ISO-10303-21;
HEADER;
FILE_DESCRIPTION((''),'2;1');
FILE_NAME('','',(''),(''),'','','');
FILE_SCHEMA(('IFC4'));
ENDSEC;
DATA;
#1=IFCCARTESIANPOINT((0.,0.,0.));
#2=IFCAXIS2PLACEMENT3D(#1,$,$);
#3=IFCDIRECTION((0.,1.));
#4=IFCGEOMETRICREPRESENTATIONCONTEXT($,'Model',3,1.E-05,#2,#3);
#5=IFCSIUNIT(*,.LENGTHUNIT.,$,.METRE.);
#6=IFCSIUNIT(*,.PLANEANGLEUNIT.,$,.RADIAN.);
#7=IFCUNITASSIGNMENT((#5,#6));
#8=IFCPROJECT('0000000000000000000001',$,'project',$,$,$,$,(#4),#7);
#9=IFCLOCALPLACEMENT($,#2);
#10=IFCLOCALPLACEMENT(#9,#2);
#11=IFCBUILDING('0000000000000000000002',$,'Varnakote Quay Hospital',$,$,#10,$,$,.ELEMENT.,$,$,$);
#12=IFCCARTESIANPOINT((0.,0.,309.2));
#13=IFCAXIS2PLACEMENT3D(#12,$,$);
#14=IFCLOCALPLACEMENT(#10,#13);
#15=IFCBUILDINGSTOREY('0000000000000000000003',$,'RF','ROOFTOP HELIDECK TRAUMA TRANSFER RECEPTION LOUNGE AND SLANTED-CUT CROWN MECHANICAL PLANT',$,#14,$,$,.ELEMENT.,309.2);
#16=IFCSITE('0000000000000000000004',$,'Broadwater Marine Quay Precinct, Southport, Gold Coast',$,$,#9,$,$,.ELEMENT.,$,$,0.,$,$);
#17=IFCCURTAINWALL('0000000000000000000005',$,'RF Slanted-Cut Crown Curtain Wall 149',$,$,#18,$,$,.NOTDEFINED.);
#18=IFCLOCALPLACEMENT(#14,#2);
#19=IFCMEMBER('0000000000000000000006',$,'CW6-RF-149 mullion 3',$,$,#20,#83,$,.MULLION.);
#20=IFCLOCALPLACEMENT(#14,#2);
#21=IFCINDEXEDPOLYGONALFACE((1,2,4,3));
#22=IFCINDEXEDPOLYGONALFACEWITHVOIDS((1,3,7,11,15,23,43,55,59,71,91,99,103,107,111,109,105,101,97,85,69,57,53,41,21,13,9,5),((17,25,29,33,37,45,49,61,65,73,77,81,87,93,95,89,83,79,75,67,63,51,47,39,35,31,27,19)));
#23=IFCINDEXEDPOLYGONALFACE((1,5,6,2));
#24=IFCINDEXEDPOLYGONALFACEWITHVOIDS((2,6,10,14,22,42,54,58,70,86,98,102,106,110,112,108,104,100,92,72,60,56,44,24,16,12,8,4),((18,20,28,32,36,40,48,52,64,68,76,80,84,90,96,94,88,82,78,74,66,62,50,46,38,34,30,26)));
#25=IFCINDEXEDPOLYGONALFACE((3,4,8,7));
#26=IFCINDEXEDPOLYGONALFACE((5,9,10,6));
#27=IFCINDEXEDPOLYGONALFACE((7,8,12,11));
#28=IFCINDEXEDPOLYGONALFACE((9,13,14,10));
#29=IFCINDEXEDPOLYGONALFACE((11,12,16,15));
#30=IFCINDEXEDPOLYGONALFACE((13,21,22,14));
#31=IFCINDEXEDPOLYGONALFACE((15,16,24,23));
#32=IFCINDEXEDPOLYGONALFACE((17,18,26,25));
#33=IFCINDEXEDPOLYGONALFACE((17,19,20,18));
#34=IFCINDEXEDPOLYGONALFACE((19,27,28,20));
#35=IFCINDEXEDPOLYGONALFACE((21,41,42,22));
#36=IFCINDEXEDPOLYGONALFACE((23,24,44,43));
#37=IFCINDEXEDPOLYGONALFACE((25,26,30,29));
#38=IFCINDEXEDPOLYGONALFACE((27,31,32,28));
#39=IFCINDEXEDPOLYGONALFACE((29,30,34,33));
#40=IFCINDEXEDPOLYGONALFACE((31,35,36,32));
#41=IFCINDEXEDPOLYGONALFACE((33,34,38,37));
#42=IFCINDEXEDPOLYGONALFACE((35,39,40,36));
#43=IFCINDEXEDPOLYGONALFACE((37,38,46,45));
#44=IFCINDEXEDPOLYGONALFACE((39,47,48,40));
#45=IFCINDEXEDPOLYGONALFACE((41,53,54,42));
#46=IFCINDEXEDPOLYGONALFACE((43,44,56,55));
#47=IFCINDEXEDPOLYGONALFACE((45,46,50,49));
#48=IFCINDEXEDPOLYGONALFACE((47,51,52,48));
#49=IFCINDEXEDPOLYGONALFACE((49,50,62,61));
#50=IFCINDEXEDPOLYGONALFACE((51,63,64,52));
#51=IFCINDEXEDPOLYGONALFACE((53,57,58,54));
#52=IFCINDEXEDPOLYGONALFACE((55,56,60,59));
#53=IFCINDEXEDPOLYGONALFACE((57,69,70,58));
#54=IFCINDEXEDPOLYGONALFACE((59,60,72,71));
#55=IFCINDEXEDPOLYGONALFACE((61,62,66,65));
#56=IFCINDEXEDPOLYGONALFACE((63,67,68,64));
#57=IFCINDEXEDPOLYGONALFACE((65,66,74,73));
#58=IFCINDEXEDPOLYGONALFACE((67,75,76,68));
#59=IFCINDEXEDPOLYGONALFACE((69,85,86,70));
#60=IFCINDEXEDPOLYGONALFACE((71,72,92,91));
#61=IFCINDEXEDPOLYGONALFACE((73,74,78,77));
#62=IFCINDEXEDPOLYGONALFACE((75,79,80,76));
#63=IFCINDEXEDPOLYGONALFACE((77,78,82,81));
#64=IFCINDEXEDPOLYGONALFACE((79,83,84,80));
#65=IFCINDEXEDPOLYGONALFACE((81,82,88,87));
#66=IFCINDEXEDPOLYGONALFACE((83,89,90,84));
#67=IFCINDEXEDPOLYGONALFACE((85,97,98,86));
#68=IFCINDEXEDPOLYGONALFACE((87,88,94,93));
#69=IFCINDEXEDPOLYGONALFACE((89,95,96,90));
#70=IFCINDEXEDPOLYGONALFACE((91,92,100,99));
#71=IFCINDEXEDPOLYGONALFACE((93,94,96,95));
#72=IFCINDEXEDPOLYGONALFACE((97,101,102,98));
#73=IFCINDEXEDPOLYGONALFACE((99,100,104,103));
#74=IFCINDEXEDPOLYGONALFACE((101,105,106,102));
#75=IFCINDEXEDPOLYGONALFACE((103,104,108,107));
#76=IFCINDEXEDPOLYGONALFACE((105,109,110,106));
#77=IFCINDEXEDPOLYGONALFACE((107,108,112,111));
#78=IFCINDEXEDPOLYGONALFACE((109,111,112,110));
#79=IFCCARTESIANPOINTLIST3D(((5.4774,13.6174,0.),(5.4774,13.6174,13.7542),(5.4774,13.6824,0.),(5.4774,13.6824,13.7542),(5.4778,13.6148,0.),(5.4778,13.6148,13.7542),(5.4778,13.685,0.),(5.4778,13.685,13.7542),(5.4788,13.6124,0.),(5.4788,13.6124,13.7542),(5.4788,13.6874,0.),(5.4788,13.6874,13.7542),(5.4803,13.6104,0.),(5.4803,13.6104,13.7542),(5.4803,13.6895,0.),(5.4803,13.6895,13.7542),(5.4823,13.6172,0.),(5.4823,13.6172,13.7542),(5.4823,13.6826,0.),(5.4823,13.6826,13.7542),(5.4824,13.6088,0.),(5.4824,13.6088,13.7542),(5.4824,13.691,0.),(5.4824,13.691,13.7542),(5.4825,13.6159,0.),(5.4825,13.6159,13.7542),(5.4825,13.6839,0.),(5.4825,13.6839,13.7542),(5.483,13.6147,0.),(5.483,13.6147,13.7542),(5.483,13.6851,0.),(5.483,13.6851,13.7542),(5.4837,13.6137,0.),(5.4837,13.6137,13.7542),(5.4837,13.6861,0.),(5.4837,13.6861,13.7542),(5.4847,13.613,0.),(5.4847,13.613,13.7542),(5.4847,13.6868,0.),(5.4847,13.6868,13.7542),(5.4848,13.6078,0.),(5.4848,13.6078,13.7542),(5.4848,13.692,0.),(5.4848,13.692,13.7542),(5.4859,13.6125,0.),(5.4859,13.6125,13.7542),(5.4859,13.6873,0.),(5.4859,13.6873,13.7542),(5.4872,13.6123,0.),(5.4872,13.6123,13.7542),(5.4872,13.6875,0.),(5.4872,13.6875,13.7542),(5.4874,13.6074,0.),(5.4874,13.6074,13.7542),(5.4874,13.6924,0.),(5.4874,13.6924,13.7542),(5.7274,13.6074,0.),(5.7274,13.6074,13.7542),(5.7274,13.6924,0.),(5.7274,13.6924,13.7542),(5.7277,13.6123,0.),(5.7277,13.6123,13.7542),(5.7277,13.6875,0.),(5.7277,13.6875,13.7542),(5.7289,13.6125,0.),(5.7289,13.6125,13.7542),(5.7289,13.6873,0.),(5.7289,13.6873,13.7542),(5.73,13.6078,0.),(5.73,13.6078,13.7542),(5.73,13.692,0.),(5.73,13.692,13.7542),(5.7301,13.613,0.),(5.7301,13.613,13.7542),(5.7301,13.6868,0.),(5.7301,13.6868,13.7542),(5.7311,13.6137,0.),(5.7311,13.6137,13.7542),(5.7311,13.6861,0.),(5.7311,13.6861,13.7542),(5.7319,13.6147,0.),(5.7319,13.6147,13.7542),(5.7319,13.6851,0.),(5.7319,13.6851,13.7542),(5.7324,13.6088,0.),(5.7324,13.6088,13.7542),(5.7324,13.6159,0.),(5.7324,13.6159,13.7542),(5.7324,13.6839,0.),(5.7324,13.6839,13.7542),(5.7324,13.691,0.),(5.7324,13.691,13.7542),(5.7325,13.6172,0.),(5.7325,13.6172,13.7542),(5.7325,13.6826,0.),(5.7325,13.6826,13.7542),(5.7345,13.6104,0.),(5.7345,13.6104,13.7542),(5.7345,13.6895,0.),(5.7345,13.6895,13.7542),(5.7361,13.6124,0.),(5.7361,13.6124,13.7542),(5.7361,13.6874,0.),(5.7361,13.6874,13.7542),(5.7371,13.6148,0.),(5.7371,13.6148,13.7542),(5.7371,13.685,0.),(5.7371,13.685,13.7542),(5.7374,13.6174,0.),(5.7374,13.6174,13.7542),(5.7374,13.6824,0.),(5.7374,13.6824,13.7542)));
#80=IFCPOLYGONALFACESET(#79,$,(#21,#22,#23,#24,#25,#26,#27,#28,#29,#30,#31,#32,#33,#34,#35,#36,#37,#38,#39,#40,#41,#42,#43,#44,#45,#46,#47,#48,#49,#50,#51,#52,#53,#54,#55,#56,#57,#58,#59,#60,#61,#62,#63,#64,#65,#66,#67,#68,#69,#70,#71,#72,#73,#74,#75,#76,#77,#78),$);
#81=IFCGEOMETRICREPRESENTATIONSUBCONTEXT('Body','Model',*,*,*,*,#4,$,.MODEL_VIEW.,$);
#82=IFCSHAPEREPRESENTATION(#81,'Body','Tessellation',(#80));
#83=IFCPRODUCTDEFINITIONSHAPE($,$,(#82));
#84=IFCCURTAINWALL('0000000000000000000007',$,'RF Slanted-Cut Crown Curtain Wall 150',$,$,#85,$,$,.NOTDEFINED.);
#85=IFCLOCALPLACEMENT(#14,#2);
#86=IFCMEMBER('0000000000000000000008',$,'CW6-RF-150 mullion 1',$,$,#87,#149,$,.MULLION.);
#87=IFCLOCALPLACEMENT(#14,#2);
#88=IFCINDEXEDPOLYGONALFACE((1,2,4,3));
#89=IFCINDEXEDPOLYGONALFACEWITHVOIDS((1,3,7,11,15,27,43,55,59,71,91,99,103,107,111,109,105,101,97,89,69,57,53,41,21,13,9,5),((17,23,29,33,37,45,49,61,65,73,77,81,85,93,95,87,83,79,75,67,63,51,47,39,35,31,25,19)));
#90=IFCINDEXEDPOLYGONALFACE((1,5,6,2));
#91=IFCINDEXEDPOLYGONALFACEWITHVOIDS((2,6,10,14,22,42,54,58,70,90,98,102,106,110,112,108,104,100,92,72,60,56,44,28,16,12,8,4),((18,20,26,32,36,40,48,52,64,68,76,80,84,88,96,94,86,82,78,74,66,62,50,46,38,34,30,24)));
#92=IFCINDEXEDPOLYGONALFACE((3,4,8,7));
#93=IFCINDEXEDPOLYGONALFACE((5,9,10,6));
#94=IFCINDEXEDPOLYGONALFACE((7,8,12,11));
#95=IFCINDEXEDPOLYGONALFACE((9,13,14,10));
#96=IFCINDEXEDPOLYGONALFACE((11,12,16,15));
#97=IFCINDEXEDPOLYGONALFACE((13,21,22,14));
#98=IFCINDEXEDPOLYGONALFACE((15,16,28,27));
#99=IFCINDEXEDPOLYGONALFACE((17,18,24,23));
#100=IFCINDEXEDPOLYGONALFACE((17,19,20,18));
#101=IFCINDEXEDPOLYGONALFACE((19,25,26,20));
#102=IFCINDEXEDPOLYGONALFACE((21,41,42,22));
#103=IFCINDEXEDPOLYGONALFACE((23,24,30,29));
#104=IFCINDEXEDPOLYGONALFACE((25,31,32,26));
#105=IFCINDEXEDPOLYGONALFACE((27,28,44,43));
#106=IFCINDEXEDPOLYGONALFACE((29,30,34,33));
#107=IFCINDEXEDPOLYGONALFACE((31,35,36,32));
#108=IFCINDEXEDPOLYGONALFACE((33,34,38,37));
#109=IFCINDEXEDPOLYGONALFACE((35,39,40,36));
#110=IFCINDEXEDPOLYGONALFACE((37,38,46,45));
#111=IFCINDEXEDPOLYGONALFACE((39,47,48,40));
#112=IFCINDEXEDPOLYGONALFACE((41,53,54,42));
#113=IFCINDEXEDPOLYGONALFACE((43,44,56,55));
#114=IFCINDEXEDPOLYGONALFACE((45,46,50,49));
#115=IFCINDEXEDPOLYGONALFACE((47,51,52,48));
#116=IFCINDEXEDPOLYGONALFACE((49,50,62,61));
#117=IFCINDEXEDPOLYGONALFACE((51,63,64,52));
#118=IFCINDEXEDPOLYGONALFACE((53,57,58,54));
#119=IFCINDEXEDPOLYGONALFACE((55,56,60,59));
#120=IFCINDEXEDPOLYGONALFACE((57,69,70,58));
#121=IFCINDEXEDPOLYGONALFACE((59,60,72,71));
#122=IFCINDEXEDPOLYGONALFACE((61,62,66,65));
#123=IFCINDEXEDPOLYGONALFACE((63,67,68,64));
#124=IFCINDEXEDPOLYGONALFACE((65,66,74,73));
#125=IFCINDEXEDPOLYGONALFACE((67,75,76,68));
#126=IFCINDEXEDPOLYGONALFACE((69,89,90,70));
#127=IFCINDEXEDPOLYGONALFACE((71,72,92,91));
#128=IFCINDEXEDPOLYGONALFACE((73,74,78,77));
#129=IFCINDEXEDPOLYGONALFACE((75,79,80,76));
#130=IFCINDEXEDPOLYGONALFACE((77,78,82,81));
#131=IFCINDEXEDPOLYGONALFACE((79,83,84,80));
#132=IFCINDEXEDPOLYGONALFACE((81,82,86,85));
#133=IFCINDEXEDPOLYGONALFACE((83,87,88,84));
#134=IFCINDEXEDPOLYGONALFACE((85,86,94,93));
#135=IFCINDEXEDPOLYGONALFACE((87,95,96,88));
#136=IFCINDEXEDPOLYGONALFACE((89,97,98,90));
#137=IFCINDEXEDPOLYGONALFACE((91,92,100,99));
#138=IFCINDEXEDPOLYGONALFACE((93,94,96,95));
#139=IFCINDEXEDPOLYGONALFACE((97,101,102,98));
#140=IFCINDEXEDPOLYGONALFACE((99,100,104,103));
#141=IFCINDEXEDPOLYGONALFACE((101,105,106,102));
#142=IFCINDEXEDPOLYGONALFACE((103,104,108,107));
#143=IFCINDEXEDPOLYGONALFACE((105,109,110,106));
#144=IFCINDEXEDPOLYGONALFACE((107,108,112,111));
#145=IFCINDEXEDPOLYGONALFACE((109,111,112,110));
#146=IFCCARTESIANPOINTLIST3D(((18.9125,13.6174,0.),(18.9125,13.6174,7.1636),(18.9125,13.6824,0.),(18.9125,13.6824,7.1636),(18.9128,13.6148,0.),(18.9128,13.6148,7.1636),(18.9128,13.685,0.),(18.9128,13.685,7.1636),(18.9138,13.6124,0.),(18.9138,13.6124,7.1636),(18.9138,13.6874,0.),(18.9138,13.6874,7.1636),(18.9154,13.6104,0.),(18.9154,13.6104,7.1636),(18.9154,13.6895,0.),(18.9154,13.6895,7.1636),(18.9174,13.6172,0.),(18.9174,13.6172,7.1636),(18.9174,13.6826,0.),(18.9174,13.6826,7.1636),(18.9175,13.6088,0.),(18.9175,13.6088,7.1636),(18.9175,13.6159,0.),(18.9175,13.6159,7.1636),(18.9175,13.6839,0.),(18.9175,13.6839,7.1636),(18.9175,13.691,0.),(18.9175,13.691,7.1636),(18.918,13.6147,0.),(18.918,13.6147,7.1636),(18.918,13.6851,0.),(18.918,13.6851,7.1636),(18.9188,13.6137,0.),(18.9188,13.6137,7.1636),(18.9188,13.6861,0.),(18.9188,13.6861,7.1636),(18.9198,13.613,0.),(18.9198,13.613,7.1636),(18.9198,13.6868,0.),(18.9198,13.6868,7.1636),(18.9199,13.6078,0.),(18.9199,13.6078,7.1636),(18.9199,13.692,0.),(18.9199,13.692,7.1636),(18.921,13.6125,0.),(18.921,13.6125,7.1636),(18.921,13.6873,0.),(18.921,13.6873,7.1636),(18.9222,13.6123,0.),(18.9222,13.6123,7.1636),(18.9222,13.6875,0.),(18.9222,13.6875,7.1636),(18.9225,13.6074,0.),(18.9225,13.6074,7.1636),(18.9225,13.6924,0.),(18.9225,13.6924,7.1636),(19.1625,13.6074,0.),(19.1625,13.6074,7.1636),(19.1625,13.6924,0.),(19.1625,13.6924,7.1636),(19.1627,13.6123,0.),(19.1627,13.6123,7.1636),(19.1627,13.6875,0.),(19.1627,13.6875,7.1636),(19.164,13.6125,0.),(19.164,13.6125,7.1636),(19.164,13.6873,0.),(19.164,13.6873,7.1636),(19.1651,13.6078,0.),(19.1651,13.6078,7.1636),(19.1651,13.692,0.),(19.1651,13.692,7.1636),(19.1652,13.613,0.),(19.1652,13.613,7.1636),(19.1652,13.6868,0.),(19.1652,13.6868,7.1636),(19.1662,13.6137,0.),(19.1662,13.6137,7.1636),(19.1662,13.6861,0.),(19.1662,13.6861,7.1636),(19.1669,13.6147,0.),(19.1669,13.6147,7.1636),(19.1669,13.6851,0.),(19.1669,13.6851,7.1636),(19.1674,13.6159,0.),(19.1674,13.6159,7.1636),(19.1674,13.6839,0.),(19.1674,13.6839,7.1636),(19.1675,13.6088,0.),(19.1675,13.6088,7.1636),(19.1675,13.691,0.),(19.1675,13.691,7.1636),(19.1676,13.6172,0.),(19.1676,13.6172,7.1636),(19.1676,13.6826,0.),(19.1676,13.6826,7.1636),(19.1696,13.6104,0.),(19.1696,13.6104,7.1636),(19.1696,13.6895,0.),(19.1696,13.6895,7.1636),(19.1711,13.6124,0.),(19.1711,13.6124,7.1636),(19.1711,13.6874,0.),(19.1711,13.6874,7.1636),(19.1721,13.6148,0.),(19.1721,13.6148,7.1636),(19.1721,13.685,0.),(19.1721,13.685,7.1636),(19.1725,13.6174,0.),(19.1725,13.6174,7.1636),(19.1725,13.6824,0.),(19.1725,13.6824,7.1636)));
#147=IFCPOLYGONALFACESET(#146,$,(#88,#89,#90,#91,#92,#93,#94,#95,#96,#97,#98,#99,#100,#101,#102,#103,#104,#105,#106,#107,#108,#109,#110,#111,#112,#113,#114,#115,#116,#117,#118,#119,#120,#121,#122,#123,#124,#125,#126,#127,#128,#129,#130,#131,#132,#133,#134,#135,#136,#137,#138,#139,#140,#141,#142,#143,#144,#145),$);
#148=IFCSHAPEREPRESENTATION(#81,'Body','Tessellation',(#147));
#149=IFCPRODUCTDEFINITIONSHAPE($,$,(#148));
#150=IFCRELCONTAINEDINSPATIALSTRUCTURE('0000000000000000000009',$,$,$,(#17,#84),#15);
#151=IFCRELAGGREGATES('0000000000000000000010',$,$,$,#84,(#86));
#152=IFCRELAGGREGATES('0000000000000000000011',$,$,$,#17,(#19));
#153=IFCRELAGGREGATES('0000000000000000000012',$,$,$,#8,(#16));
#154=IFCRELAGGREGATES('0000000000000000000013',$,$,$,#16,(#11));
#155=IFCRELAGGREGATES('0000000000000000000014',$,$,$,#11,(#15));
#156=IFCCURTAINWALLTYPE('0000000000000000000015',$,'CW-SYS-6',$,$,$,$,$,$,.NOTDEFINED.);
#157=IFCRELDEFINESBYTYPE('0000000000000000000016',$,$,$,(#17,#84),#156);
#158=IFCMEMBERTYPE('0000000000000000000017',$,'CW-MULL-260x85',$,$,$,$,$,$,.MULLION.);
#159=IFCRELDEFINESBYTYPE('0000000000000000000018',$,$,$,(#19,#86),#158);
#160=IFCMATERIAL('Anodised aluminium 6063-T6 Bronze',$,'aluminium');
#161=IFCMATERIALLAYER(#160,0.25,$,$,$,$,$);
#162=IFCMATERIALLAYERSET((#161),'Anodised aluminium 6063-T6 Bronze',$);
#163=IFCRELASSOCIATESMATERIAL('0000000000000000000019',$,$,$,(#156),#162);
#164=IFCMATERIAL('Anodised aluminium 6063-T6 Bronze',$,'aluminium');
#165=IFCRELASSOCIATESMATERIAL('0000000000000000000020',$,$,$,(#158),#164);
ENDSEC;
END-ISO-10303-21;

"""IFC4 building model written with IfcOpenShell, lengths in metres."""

from ifc_helpers import new_model, si_unit, direction, frame, origin, origin_2d, place, context, subcontext, project, spatial, hollow_rectangle, extrude, material, layer, layer_set, material_profile, profile_set, type_object, element, aggregate, save


model = new_model("IFC4")

# Units and contexts
model_context = context("Model", 3, precision=1e-05, world=origin(), true_north=direction((0.0, 1.0)))
body_context = subcontext(model_context, "Body", "Model", "MODEL_VIEW")
ifc_project = project(units=[si_unit("LENGTHUNIT", "METRE"), si_unit("PLANEANGLEUNIT", "RADIAN")], contexts=[model_context])

# Site, building, storey
site_placement = place(None, origin())
site = spatial("IfcSite", under=ifc_project, at=site_placement, Name="Broadwater Marine Quay Precinct, Southport, Gold Coast", CompositionType="ELEMENT", RefElevation=0.0)
building_placement = place(site_placement, origin())
building = spatial("IfcBuilding", under=site, at=building_placement, Name="Varnakote Quay Hospital", CompositionType="ELEMENT")
storey_placement = place(building_placement, frame((0.0, 0.0, 309.2)))
storey = spatial("IfcBuildingStorey", under=building, at=storey_placement, Name="RF", Description="ROOFTOP HELIDECK TRAUMA TRANSFER RECEPTION LOUNGE AND SLANTED-CUT CROWN MECHANICAL PLANT", CompositionType="ELEMENT", Elevation=309.2)

# Curtain walls, members
ifc_material_1 = material(Name="Anodised aluminium 6063-T6 Bronze", Category="aluminium")
ifc_layer_1 = layer(ifc_material_1, 0.25)
ifc_layer_set_1 = layer_set([ifc_layer_1], Name="Anodised aluminium 6063-T6 Bronze")
curtain_wall_type = type_object("IfcCurtainWallType", Name="CW-SYS-6", PredefinedType="NOTDEFINED", material=ifc_layer_set_1)
curtain_wall_1_placement = place(storey_placement, origin())
curtain_wall_1 = element("IfcCurtainWall", 1, at=curtain_wall_1_placement, inside=storey, type_object=curtain_wall_type, Name="RF Slanted-Cut Crown Curtain Wall 149", PredefinedType="NOTDEFINED")
ifc_material_2 = material(Name="Anodised aluminium 6063-T6 Bronze", Category="aluminium")
ifc_material_profile_1 = material_profile(ifc_material_2, hollow_rectangle(XDim=0.085, YDim=0.26, WallThickness=0.0049, InnerFilletRadius=0.0049, OuterFilletRadius=0.01, at=origin_2d()), Name="CW-MULL-260x85")
ifc_profile_set_1 = profile_set([ifc_material_profile_1], Name="Anodised aluminium 6063-T6 Bronze")
member_type_1 = type_object("IfcMemberType", Name="CW-MULL-260x85", PredefinedType="MULLION", material=ifc_profile_set_1)
member_1_placement = place(storey_placement, frame((5.6074, 13.6499, 0.0), z_axis=(0.0, 0.0, 1.0), x_axis=(0.0, 1.0, 0.0)))
member_1 = element("IfcMember", 2, at=member_1_placement, type_object=member_type_1, Name="CW6-RF-149 mullion 3", PredefinedType="MULLION", context=body_context, shape_type="SweptSolid", body=[
    extrude(hollow_rectangle(XDim=0.085, YDim=0.26, WallThickness=0.0049, InnerFilletRadius=0.0049, OuterFilletRadius=0.01, at=origin_2d()), origin(), (0.0, 0.0, 1.0), 13.7542),
])
curtain_wall_2_placement = place(storey_placement, origin())
curtain_wall_2 = element("IfcCurtainWall", 3, at=curtain_wall_2_placement, inside=storey, type_object=curtain_wall_type, Name="RF Slanted-Cut Crown Curtain Wall 150", PredefinedType="NOTDEFINED")
member_2_placement = place(storey_placement, frame((19.0425, 13.6499, 0.0), z_axis=(0.0, 0.0, 1.0), x_axis=(0.0, 1.0, 0.0)))
member_2 = element("IfcMember", 4, at=member_2_placement, type_object=member_type_1, Name="CW6-RF-150 mullion 1", PredefinedType="MULLION", context=body_context, shape_type="SweptSolid", body=[
    extrude(hollow_rectangle(XDim=0.085, YDim=0.26, WallThickness=0.0049, InnerFilletRadius=0.0049, OuterFilletRadius=0.01, at=origin_2d()), origin(), (0.0, 0.0, 1.0), 7.1636),
])

aggregate(curtain_wall_2, [member_2])

aggregate(curtain_wall_1, [member_1])

save(model, "model.ifc")
